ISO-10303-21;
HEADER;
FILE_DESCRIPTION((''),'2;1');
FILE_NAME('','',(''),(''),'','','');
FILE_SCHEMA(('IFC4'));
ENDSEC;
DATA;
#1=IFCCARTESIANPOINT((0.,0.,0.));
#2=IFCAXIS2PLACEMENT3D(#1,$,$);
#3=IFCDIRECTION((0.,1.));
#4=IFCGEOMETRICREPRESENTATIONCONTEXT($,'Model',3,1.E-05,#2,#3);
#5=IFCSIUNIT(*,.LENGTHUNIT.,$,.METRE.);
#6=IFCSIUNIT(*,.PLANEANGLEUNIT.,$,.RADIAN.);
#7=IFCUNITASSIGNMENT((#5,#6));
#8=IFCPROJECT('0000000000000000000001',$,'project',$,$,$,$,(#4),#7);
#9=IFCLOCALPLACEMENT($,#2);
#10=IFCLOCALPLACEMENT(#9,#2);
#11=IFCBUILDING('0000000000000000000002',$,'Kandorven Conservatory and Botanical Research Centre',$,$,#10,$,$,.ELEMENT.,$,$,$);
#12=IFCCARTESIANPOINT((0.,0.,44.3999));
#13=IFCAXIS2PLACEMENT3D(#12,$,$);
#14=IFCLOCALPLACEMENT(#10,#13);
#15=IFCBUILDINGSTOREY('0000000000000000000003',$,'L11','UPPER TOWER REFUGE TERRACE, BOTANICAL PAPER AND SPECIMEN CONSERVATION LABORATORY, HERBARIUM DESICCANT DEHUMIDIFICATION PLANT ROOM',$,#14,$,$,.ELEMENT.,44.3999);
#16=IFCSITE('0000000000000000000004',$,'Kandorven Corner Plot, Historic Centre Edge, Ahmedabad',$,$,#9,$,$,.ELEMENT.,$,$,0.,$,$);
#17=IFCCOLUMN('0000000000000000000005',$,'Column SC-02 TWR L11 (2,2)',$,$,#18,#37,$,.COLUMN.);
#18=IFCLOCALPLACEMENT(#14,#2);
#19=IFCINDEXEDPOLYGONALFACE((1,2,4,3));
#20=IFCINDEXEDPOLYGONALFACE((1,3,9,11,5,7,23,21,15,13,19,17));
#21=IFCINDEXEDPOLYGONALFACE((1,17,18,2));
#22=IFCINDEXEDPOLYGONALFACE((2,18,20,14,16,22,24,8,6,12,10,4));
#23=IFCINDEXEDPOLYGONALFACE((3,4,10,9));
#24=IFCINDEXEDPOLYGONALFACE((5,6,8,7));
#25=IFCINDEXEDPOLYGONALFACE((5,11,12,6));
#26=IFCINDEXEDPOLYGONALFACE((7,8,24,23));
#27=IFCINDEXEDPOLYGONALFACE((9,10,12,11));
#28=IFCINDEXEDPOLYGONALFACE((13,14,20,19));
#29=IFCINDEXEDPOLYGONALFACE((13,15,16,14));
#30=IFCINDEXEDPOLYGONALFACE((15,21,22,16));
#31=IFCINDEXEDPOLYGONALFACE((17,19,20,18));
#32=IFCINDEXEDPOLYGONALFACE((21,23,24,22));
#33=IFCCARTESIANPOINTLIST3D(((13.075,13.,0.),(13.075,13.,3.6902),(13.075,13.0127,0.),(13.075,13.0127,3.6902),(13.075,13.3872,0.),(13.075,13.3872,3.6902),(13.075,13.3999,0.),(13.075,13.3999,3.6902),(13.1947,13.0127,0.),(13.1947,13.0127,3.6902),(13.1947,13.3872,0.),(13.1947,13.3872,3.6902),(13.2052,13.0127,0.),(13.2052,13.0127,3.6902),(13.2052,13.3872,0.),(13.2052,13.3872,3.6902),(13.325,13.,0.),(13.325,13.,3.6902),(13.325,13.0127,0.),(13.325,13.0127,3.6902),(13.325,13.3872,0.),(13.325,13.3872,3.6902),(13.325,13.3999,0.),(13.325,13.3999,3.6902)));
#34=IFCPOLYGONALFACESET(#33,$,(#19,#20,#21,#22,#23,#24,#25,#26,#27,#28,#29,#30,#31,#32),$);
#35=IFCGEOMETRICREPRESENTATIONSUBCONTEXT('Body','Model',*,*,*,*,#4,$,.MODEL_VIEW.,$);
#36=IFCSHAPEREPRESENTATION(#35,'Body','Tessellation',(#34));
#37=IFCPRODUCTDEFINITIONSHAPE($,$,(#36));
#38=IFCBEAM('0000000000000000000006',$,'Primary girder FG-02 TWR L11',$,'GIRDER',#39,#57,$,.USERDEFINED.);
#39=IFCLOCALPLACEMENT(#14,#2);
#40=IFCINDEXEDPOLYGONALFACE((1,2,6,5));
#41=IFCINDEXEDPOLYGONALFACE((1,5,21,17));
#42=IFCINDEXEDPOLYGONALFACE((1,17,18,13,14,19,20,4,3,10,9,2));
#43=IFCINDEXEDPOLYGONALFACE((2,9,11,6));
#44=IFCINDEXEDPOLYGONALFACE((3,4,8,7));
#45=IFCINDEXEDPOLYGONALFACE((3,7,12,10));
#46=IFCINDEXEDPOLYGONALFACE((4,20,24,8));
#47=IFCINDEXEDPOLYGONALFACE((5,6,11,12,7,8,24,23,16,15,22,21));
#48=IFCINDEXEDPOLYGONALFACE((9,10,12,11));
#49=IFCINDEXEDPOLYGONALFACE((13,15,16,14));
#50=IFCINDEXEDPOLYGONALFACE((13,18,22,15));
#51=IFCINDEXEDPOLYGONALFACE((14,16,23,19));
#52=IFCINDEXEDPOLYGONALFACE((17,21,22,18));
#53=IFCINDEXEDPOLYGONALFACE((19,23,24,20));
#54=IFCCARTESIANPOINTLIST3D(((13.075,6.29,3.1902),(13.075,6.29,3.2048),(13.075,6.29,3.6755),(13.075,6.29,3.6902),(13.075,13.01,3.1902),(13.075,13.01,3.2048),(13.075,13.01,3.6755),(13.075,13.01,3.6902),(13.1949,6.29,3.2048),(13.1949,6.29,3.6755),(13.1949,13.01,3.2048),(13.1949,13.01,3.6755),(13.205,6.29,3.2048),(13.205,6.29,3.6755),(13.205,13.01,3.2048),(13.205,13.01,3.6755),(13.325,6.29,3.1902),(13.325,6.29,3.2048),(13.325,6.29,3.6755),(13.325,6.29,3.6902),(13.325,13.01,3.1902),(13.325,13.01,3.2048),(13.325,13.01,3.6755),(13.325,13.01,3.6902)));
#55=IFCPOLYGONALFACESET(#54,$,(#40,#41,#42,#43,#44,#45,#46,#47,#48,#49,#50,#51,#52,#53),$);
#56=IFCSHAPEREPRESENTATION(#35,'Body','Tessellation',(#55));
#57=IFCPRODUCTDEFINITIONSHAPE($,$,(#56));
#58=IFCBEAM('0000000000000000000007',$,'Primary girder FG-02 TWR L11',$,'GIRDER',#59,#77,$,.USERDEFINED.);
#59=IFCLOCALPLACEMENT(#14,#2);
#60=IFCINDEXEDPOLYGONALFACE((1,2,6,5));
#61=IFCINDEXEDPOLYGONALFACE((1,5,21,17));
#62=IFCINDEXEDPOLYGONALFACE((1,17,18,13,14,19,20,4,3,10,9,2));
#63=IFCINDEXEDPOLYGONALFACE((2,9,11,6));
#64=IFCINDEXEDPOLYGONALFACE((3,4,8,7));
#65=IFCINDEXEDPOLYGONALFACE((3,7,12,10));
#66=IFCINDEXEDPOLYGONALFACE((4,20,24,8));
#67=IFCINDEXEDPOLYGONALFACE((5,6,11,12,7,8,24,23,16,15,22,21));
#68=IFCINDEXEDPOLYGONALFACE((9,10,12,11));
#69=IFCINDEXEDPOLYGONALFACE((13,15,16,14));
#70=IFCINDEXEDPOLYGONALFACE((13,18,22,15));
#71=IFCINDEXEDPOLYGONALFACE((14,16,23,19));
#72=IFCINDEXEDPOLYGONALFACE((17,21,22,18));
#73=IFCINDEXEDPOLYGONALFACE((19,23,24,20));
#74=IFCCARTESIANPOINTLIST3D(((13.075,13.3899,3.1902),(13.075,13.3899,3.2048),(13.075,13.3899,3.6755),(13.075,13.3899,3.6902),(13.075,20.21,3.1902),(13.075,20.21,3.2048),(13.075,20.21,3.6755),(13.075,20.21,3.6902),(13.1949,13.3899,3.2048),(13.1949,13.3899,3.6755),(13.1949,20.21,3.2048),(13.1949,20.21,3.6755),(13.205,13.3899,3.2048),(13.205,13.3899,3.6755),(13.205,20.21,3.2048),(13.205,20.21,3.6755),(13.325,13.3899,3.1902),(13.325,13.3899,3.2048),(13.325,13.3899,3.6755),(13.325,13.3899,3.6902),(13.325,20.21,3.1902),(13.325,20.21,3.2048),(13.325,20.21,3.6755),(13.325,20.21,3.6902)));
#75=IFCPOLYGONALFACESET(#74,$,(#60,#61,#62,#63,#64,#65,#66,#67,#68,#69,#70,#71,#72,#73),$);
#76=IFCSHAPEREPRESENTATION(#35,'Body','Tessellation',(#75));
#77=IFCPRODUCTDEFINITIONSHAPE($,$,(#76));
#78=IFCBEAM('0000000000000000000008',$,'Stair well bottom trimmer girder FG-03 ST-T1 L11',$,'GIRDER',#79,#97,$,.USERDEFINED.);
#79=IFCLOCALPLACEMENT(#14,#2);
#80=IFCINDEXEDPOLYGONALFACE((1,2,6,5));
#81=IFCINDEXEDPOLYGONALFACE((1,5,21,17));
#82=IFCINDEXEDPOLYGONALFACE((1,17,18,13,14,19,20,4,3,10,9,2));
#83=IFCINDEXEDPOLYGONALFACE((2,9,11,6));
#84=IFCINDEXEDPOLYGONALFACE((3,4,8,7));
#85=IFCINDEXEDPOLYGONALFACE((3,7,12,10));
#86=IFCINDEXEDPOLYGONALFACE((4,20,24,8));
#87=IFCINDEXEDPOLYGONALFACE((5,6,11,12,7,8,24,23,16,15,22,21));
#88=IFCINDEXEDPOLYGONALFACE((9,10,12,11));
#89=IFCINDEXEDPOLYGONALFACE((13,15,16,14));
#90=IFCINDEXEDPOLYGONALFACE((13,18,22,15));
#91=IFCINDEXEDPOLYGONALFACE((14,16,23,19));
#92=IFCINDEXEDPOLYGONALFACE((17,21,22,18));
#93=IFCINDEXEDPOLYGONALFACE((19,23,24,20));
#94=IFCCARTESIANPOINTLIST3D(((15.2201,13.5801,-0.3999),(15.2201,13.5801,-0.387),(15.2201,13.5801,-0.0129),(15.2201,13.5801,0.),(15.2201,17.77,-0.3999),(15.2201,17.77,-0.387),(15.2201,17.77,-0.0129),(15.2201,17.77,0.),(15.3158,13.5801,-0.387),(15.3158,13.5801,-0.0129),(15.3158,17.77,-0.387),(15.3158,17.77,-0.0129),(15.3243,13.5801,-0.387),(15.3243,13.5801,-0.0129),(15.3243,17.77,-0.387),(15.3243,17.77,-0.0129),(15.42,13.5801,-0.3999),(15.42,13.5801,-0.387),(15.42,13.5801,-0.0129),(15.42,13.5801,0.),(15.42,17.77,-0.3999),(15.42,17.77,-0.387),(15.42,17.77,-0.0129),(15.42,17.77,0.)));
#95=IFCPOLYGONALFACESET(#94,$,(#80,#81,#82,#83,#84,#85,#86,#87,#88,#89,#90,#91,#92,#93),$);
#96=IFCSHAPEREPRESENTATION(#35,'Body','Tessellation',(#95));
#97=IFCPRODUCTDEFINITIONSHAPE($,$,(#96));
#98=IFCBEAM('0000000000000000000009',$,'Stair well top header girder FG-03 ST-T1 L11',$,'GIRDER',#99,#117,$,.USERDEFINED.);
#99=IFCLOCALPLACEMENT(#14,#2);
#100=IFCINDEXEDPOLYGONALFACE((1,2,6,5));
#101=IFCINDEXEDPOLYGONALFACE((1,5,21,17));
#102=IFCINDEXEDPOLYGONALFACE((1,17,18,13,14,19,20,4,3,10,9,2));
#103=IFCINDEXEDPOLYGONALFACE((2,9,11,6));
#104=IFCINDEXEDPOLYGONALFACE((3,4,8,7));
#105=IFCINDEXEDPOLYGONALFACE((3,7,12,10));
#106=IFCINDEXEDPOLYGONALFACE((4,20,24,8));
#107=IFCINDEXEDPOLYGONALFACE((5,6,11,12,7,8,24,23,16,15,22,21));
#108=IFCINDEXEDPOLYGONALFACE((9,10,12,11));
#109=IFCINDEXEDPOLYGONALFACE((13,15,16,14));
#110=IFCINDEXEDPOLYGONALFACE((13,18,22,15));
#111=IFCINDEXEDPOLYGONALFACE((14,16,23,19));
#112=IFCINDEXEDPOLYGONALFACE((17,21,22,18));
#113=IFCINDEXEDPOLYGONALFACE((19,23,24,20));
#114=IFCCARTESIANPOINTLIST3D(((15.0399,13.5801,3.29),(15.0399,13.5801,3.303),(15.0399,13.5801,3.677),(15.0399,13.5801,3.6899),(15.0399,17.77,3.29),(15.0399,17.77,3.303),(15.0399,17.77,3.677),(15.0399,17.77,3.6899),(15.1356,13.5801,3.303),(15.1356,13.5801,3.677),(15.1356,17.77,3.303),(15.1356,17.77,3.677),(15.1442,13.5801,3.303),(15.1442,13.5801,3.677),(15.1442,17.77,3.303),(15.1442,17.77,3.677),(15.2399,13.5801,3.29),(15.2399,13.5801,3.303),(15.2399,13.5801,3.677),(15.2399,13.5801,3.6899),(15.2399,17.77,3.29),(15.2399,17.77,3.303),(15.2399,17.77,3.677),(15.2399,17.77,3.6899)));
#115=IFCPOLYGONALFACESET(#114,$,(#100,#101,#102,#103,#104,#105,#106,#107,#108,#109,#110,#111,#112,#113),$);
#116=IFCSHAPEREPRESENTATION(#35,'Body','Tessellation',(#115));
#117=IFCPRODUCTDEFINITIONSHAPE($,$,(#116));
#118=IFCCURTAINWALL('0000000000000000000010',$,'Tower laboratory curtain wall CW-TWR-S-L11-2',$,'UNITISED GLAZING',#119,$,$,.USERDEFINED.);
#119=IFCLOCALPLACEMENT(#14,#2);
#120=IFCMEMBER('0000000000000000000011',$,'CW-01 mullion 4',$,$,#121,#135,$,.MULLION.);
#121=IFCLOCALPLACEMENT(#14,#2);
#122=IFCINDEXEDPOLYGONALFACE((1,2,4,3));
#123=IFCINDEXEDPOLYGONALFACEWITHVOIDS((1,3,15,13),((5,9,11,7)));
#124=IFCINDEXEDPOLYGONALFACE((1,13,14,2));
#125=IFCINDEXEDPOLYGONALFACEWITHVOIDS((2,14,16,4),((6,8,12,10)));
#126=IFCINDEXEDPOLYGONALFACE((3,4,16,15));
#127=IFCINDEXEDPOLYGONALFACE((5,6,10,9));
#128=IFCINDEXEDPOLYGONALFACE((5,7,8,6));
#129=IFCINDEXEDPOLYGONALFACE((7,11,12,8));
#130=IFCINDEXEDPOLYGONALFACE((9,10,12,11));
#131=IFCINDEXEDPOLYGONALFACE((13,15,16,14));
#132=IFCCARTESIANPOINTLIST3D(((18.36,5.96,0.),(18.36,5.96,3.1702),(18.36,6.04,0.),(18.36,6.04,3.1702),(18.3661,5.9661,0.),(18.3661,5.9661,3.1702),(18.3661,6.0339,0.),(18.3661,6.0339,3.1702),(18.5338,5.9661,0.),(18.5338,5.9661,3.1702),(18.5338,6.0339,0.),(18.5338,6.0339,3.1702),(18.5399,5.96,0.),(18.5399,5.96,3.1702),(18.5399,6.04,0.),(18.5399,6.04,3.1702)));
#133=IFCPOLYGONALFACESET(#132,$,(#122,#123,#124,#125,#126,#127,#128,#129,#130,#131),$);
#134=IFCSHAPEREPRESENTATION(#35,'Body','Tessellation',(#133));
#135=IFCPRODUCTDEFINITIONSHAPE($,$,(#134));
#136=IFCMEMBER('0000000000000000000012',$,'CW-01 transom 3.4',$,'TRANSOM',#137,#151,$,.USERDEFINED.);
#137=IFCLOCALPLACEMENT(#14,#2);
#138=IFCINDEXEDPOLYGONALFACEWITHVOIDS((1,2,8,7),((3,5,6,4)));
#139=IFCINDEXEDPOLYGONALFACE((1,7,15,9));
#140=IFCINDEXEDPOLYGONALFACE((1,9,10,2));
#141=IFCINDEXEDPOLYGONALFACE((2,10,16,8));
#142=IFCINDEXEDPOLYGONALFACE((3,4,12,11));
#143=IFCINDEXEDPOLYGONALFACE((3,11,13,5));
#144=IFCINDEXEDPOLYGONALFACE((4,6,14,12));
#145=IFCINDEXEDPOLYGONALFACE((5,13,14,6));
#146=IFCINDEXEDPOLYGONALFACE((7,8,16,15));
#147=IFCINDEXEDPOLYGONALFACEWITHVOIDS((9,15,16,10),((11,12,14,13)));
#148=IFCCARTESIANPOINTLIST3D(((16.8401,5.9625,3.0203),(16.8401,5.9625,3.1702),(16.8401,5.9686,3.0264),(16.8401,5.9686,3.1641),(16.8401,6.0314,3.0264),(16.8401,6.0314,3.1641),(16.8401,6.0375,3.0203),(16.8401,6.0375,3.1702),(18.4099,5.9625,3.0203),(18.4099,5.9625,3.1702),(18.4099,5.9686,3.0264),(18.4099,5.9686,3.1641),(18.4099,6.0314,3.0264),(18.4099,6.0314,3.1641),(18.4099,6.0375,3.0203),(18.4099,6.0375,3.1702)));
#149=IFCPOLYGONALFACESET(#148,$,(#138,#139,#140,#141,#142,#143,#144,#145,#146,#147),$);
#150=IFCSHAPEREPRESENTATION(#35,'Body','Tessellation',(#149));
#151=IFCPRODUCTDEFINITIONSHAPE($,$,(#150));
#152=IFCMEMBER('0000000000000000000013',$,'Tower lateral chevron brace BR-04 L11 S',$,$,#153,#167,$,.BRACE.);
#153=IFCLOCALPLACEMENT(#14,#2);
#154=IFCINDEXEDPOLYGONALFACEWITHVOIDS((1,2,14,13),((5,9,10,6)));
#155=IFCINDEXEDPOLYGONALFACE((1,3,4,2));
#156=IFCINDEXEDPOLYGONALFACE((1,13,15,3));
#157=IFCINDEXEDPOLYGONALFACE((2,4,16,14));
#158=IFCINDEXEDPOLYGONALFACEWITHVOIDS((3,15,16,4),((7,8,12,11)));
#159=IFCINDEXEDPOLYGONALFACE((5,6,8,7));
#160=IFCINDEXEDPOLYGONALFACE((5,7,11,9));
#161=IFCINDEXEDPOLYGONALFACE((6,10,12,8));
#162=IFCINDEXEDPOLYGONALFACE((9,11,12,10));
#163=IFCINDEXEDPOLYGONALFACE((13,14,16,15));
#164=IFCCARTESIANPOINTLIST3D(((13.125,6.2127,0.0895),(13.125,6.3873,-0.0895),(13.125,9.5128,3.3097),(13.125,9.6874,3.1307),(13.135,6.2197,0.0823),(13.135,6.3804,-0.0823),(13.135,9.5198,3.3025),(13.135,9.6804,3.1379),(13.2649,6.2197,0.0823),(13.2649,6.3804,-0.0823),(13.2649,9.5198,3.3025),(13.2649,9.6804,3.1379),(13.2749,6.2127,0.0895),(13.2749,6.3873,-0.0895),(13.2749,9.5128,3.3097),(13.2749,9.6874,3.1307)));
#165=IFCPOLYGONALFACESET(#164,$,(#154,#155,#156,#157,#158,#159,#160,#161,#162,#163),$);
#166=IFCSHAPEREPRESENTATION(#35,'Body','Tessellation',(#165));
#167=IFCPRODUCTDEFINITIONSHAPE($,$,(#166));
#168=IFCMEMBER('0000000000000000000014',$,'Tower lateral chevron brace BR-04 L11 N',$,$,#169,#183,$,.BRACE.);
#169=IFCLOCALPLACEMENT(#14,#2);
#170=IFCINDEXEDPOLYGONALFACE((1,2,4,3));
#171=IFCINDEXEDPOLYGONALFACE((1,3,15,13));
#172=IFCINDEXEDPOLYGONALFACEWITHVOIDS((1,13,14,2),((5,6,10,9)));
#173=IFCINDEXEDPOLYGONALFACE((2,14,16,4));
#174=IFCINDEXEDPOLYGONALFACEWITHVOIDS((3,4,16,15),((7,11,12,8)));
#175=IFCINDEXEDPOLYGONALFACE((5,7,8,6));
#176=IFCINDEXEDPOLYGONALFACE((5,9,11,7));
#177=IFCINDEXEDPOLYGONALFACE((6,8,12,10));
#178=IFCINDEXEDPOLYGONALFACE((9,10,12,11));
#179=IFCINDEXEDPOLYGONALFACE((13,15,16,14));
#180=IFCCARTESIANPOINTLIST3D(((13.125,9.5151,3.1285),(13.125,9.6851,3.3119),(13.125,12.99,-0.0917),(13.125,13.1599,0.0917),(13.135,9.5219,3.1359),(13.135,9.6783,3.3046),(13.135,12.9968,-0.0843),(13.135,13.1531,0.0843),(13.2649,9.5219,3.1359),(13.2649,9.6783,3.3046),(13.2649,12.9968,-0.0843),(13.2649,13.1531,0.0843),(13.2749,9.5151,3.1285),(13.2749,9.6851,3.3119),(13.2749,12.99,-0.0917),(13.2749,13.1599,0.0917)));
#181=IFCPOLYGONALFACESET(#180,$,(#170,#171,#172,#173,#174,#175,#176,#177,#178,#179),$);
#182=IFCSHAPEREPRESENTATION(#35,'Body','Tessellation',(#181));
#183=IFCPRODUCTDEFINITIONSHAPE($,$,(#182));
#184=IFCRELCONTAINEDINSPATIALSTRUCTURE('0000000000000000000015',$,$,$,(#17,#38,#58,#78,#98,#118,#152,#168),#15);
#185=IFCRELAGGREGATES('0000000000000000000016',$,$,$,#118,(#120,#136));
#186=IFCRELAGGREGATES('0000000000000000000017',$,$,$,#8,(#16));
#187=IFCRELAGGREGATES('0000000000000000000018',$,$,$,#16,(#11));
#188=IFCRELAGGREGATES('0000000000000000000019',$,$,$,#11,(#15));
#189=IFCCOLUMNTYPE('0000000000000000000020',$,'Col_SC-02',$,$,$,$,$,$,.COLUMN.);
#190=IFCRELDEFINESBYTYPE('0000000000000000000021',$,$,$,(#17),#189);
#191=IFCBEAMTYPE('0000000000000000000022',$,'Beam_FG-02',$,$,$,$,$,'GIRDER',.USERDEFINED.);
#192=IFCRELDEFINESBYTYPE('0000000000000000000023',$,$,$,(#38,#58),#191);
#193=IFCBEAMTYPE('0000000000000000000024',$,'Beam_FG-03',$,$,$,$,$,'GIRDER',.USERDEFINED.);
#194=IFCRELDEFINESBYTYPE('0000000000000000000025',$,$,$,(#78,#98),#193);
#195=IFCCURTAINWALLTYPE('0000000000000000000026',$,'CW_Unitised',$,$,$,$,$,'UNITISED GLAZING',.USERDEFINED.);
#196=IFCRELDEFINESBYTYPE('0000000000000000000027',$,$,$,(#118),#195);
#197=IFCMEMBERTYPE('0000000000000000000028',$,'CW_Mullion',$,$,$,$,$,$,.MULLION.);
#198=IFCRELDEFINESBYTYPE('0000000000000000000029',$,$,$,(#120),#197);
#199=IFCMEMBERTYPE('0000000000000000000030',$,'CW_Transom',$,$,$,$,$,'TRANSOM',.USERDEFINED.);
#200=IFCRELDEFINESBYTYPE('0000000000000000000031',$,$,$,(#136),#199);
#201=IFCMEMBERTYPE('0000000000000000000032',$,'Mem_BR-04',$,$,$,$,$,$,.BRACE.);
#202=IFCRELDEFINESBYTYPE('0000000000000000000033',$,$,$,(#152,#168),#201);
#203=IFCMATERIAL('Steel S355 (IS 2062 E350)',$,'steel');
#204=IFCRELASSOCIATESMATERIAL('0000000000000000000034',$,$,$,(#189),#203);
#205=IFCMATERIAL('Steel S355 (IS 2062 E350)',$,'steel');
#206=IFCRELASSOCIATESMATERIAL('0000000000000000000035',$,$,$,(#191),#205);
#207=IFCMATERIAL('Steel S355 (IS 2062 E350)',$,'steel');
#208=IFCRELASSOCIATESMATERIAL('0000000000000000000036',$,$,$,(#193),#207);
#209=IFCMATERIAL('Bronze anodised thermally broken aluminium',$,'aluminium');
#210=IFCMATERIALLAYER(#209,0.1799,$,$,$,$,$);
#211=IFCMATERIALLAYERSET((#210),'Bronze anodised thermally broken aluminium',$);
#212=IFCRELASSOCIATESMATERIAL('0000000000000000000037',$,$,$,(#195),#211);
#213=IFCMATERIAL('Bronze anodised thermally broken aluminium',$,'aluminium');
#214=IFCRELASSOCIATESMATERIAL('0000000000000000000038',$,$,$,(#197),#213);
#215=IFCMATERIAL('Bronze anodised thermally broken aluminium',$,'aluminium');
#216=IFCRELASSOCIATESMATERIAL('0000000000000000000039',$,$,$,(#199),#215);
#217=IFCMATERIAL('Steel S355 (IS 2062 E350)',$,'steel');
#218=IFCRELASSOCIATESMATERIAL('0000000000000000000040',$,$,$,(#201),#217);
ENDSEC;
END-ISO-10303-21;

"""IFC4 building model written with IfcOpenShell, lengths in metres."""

from ifc_helpers import new_model, si_unit, direction, frame, origin, origin_2d, place, context, subcontext, project, spatial, hollow_rectangle, i_section, extrude, material, layer, layer_set, material_profile, profile_set, type_object, element, aggregate, save


model = new_model("IFC4")

# Units and contexts
model_context = context("Model", 3, precision=1e-05, world=origin(), true_north=direction((0.0, 1.0)))
body_context = subcontext(model_context, "Body", "Model", "MODEL_VIEW")
ifc_project = project(units=[si_unit("LENGTHUNIT", "METRE"), si_unit("PLANEANGLEUNIT", "RADIAN")], contexts=[model_context])

# Site, building, storey
site_placement = place(None, origin())
site = spatial("IfcSite", under=ifc_project, at=site_placement, Name="Kandorven Corner Plot, Historic Centre Edge, Ahmedabad", CompositionType="ELEMENT", RefElevation=0.0)
building_placement = place(site_placement, origin())
building = spatial("IfcBuilding", under=site, at=building_placement, Name="Kandorven Conservatory and Botanical Research Centre", CompositionType="ELEMENT")
storey_placement = place(building_placement, frame((0.0, 0.0, 44.3999)))
storey = spatial("IfcBuildingStorey", under=building, at=storey_placement, Name="L11", Description="UPPER TOWER REFUGE TERRACE, BOTANICAL PAPER AND SPECIMEN CONSERVATION LABORATORY, HERBARIUM DESICCANT DEHUMIDIFICATION PLANT ROOM", CompositionType="ELEMENT", Elevation=44.3999)

# Column
ifc_material_1 = material(Name="Steel S355 (IS 2062 E350)", Category="steel")
ifc_material_profile_1 = material_profile(ifc_material_1, i_section(OverallWidth=0.25, OverallDepth=0.3999, WebThickness=0.0105, FlangeThickness=0.0127, at=origin_2d()))
ifc_profile_set_1 = profile_set([ifc_material_profile_1], Name="Steel S355 (IS 2062 E350)")
column_type = type_object("IfcColumnType", Name="Col_SC-02", PredefinedType="COLUMN", material=ifc_profile_set_1)
column_placement = place(storey_placement, frame((13.2, 13.2, 0.0), z_axis=(0.0, 0.0, 1.0), x_axis=(1.0, 0.0, 0.0)))
element("IfcColumn", 1, at=column_placement, inside=storey, type_object=column_type, Name="Column SC-02 TWR L11 (2,2)", PredefinedType="COLUMN", context=body_context, shape_type="SweptSolid", body=[
    extrude(i_section(OverallWidth=0.25, OverallDepth=0.3999, WebThickness=0.0105, FlangeThickness=0.0127, at=origin_2d()), origin(), (0.0, 0.0, 1.0), 3.6902),
])

# Beams
ifc_material_2 = material(Name="Steel S355 (IS 2062 E350)", Category="steel")
ifc_material_profile_2 = material_profile(ifc_material_2, i_section(OverallWidth=0.25, OverallDepth=0.5, WebThickness=0.01, FlangeThickness=0.0146, at=origin_2d()))
ifc_profile_set_2 = profile_set([ifc_material_profile_2], Name="Steel S355 (IS 2062 E350)")
beam_type_1 = type_object("IfcBeamType", Name="Beam_FG-02", ElementType="GIRDER", PredefinedType="USERDEFINED", material=ifc_profile_set_2)
beam_1_placement = place(storey_placement, frame((13.2, 6.29, 3.4402), z_axis=(0.0, 1.0, 0.0), x_axis=(-1.0, 0.0, 0.0)))
element("IfcBeam", 2, at=beam_1_placement, inside=storey, type_object=beam_type_1, Name="Primary girder FG-02 TWR L11", ObjectType="GIRDER", PredefinedType="USERDEFINED", context=body_context, shape_type="SweptSolid", body=[
    extrude(i_section(OverallWidth=0.25, OverallDepth=0.5, WebThickness=0.01, FlangeThickness=0.0146, at=origin_2d()), origin(), (0.0, 0.0, 1.0), 6.72),
])
beam_2_placement = place(storey_placement, frame((13.2, 13.3899, 3.4402), z_axis=(0.0, 1.0, 0.0), x_axis=(-1.0, 0.0, 0.0)))
element("IfcBeam", 3, at=beam_2_placement, inside=storey, type_object=beam_type_1, Name="Primary girder FG-02 TWR L11", ObjectType="GIRDER", PredefinedType="USERDEFINED", context=body_context, shape_type="SweptSolid", body=[
    extrude(i_section(OverallWidth=0.25, OverallDepth=0.5, WebThickness=0.01, FlangeThickness=0.0146, at=origin_2d()), origin(), (0.0, 0.0, 1.0), 6.8201),
])
ifc_material_3 = material(Name="Steel S355 (IS 2062 E350)", Category="steel")
ifc_material_profile_3 = material_profile(ifc_material_3, i_section(OverallWidth=0.2, OverallDepth=0.3999, WebThickness=0.0085, FlangeThickness=0.0129, at=origin_2d()))
ifc_profile_set_3 = profile_set([ifc_material_profile_3], Name="Steel S355 (IS 2062 E350)")
beam_type_2 = type_object("IfcBeamType", Name="Beam_FG-03", ElementType="GIRDER", PredefinedType="USERDEFINED", material=ifc_profile_set_3)
for number, where, z_axis, x_axis, name in (
    (4, (15.3201, 13.5801, -0.2), (0.0, 1.0, 0.0), (-1.0, 0.0, 0.0), "Stair well bottom trimmer girder FG-03 ST-T1 L11"),
    (5, (15.1399, 13.5801, 3.49), (0.0, 1.0, 0.0), (-1.0, 0.0, 0.0), "Stair well top header girder FG-03 ST-T1 L11"),
):
    element("IfcBeam", number, at=place(storey_placement, frame(where, z_axis=z_axis, x_axis=x_axis)), inside=storey, type_object=beam_type_2, Name=name, ObjectType="GIRDER", PredefinedType="USERDEFINED", context=body_context, shape_type="SweptSolid", body=[
        extrude(i_section(OverallWidth=0.2, OverallDepth=0.3999, WebThickness=0.0085, FlangeThickness=0.0129, at=origin_2d()), origin(), (0.0, 0.0, 1.0), 4.1899),
    ])

# Curtain wall, members
ifc_material_4 = material(Name="Bronze anodised thermally broken aluminium", Category="aluminium")
ifc_layer_1 = layer(ifc_material_4, 0.1799)
ifc_layer_set_1 = layer_set([ifc_layer_1], Name="Bronze anodised thermally broken aluminium")
curtain_wall_type = type_object("IfcCurtainWallType", Name="CW_Unitised", ElementType="UNITISED GLAZING", PredefinedType="USERDEFINED", material=ifc_layer_set_1)
curtain_wall_placement = place(storey_placement, origin())
curtain_wall = element("IfcCurtainWall", 6, at=curtain_wall_placement, inside=storey, type_object=curtain_wall_type, Name="Tower laboratory curtain wall CW-TWR-S-L11-2", ObjectType="UNITISED GLAZING", PredefinedType="USERDEFINED")
ifc_material_5 = material(Name="Bronze anodised thermally broken aluminium", Category="aluminium")
ifc_material_profile_4 = material_profile(ifc_material_5, hollow_rectangle(XDim=0.0801, YDim=0.1799, WallThickness=0.0061, at=origin_2d()))
ifc_profile_set_4 = profile_set([ifc_material_profile_4], Name="Bronze anodised thermally broken aluminium")
member_type_1 = type_object("IfcMemberType", Name="CW_Mullion", PredefinedType="MULLION", material=ifc_profile_set_4)
member_1_placement = place(storey_placement, frame((18.45, 6.0, 0.0), z_axis=(0.0, 0.0, 1.0), x_axis=(0.0, 1.0, 0.0)))
member_1 = element("IfcMember", 7, at=member_1_placement, type_object=member_type_1, Name="CW-01 mullion 4", PredefinedType="MULLION", context=body_context, shape_type="SweptSolid", body=[
    extrude(hollow_rectangle(XDim=0.0801, YDim=0.1799, WallThickness=0.0061, at=origin_2d()), origin(), (0.0, 0.0, 1.0), 3.1702),
])
ifc_material_6 = material(Name="Bronze anodised thermally broken aluminium", Category="aluminium")
ifc_material_profile_5 = material_profile(ifc_material_6, hollow_rectangle(XDim=0.075, YDim=0.1499, WallThickness=0.0061, at=origin_2d()))
ifc_profile_set_5 = profile_set([ifc_material_profile_5], Name="Bronze anodised thermally broken aluminium")
member_type_2 = type_object("IfcMemberType", Name="CW_Transom", ElementType="TRANSOM", PredefinedType="USERDEFINED", material=ifc_profile_set_5)
member_2_placement = place(storey_placement, frame((16.8401, 6.0, 3.0952), z_axis=(1.0, 0.0, 0.0), x_axis=(0.0, 1.0, 0.0)))
member_2 = element("IfcMember", 8, at=member_2_placement, type_object=member_type_2, Name="CW-01 transom 3.4", ObjectType="TRANSOM", PredefinedType="USERDEFINED", context=body_context, shape_type="SweptSolid", body=[
    extrude(hollow_rectangle(XDim=0.075, YDim=0.1499, WallThickness=0.0061, at=origin_2d()), origin(), (0.0, 0.0, 1.0), 1.5698),
])

# Members
ifc_material_7 = material(Name="Steel S355 (IS 2062 E350)", Category="steel")
ifc_material_profile_6 = material_profile(ifc_material_7, hollow_rectangle(XDim=0.1499, YDim=0.25, WallThickness=0.01, at=origin_2d()))
ifc_profile_set_6 = profile_set([ifc_material_profile_6], Name="Steel S355 (IS 2062 E350)")
member_type_3 = type_object("IfcMemberType", Name="Mem_BR-04", PredefinedType="BRACE", material=ifc_profile_set_6)
member_3_placement = place(storey_placement, frame((13.2, 6.3, 0.0), z_axis=(0.0, 0.715711, 0.698397), x_axis=(-1.0, 0.0, 0.0)))
element("IfcMember", 9, at=member_3_placement, inside=storey, type_object=member_type_3, Name="Tower lateral chevron brace BR-04 L11 S", PredefinedType="BRACE", context=body_context, shape_type="SweptSolid", body=[
    extrude(hollow_rectangle(XDim=0.1499, YDim=0.25, WallThickness=0.01, at=origin_2d()), origin(), (0.0, 0.0, 1.0), 4.6108),
])
member_4_placement = place(storey_placement, frame((13.2, 13.075, 0.0), z_axis=(0.0, -0.73347, 0.679721), x_axis=(1.0, 0.0, 0.0)))
element("IfcMember", 10, at=member_4_placement, inside=storey, type_object=member_type_3, Name="Tower lateral chevron brace BR-04 L11 N", PredefinedType="BRACE", context=body_context, shape_type="SweptSolid", body=[
    extrude(hollow_rectangle(XDim=0.1499, YDim=0.25, WallThickness=0.01, at=origin_2d()), origin(), (0.0, 0.0, 1.0), 4.7375),
])

aggregate(curtain_wall, [member_1, member_2])

save(model, "model.ifc")
